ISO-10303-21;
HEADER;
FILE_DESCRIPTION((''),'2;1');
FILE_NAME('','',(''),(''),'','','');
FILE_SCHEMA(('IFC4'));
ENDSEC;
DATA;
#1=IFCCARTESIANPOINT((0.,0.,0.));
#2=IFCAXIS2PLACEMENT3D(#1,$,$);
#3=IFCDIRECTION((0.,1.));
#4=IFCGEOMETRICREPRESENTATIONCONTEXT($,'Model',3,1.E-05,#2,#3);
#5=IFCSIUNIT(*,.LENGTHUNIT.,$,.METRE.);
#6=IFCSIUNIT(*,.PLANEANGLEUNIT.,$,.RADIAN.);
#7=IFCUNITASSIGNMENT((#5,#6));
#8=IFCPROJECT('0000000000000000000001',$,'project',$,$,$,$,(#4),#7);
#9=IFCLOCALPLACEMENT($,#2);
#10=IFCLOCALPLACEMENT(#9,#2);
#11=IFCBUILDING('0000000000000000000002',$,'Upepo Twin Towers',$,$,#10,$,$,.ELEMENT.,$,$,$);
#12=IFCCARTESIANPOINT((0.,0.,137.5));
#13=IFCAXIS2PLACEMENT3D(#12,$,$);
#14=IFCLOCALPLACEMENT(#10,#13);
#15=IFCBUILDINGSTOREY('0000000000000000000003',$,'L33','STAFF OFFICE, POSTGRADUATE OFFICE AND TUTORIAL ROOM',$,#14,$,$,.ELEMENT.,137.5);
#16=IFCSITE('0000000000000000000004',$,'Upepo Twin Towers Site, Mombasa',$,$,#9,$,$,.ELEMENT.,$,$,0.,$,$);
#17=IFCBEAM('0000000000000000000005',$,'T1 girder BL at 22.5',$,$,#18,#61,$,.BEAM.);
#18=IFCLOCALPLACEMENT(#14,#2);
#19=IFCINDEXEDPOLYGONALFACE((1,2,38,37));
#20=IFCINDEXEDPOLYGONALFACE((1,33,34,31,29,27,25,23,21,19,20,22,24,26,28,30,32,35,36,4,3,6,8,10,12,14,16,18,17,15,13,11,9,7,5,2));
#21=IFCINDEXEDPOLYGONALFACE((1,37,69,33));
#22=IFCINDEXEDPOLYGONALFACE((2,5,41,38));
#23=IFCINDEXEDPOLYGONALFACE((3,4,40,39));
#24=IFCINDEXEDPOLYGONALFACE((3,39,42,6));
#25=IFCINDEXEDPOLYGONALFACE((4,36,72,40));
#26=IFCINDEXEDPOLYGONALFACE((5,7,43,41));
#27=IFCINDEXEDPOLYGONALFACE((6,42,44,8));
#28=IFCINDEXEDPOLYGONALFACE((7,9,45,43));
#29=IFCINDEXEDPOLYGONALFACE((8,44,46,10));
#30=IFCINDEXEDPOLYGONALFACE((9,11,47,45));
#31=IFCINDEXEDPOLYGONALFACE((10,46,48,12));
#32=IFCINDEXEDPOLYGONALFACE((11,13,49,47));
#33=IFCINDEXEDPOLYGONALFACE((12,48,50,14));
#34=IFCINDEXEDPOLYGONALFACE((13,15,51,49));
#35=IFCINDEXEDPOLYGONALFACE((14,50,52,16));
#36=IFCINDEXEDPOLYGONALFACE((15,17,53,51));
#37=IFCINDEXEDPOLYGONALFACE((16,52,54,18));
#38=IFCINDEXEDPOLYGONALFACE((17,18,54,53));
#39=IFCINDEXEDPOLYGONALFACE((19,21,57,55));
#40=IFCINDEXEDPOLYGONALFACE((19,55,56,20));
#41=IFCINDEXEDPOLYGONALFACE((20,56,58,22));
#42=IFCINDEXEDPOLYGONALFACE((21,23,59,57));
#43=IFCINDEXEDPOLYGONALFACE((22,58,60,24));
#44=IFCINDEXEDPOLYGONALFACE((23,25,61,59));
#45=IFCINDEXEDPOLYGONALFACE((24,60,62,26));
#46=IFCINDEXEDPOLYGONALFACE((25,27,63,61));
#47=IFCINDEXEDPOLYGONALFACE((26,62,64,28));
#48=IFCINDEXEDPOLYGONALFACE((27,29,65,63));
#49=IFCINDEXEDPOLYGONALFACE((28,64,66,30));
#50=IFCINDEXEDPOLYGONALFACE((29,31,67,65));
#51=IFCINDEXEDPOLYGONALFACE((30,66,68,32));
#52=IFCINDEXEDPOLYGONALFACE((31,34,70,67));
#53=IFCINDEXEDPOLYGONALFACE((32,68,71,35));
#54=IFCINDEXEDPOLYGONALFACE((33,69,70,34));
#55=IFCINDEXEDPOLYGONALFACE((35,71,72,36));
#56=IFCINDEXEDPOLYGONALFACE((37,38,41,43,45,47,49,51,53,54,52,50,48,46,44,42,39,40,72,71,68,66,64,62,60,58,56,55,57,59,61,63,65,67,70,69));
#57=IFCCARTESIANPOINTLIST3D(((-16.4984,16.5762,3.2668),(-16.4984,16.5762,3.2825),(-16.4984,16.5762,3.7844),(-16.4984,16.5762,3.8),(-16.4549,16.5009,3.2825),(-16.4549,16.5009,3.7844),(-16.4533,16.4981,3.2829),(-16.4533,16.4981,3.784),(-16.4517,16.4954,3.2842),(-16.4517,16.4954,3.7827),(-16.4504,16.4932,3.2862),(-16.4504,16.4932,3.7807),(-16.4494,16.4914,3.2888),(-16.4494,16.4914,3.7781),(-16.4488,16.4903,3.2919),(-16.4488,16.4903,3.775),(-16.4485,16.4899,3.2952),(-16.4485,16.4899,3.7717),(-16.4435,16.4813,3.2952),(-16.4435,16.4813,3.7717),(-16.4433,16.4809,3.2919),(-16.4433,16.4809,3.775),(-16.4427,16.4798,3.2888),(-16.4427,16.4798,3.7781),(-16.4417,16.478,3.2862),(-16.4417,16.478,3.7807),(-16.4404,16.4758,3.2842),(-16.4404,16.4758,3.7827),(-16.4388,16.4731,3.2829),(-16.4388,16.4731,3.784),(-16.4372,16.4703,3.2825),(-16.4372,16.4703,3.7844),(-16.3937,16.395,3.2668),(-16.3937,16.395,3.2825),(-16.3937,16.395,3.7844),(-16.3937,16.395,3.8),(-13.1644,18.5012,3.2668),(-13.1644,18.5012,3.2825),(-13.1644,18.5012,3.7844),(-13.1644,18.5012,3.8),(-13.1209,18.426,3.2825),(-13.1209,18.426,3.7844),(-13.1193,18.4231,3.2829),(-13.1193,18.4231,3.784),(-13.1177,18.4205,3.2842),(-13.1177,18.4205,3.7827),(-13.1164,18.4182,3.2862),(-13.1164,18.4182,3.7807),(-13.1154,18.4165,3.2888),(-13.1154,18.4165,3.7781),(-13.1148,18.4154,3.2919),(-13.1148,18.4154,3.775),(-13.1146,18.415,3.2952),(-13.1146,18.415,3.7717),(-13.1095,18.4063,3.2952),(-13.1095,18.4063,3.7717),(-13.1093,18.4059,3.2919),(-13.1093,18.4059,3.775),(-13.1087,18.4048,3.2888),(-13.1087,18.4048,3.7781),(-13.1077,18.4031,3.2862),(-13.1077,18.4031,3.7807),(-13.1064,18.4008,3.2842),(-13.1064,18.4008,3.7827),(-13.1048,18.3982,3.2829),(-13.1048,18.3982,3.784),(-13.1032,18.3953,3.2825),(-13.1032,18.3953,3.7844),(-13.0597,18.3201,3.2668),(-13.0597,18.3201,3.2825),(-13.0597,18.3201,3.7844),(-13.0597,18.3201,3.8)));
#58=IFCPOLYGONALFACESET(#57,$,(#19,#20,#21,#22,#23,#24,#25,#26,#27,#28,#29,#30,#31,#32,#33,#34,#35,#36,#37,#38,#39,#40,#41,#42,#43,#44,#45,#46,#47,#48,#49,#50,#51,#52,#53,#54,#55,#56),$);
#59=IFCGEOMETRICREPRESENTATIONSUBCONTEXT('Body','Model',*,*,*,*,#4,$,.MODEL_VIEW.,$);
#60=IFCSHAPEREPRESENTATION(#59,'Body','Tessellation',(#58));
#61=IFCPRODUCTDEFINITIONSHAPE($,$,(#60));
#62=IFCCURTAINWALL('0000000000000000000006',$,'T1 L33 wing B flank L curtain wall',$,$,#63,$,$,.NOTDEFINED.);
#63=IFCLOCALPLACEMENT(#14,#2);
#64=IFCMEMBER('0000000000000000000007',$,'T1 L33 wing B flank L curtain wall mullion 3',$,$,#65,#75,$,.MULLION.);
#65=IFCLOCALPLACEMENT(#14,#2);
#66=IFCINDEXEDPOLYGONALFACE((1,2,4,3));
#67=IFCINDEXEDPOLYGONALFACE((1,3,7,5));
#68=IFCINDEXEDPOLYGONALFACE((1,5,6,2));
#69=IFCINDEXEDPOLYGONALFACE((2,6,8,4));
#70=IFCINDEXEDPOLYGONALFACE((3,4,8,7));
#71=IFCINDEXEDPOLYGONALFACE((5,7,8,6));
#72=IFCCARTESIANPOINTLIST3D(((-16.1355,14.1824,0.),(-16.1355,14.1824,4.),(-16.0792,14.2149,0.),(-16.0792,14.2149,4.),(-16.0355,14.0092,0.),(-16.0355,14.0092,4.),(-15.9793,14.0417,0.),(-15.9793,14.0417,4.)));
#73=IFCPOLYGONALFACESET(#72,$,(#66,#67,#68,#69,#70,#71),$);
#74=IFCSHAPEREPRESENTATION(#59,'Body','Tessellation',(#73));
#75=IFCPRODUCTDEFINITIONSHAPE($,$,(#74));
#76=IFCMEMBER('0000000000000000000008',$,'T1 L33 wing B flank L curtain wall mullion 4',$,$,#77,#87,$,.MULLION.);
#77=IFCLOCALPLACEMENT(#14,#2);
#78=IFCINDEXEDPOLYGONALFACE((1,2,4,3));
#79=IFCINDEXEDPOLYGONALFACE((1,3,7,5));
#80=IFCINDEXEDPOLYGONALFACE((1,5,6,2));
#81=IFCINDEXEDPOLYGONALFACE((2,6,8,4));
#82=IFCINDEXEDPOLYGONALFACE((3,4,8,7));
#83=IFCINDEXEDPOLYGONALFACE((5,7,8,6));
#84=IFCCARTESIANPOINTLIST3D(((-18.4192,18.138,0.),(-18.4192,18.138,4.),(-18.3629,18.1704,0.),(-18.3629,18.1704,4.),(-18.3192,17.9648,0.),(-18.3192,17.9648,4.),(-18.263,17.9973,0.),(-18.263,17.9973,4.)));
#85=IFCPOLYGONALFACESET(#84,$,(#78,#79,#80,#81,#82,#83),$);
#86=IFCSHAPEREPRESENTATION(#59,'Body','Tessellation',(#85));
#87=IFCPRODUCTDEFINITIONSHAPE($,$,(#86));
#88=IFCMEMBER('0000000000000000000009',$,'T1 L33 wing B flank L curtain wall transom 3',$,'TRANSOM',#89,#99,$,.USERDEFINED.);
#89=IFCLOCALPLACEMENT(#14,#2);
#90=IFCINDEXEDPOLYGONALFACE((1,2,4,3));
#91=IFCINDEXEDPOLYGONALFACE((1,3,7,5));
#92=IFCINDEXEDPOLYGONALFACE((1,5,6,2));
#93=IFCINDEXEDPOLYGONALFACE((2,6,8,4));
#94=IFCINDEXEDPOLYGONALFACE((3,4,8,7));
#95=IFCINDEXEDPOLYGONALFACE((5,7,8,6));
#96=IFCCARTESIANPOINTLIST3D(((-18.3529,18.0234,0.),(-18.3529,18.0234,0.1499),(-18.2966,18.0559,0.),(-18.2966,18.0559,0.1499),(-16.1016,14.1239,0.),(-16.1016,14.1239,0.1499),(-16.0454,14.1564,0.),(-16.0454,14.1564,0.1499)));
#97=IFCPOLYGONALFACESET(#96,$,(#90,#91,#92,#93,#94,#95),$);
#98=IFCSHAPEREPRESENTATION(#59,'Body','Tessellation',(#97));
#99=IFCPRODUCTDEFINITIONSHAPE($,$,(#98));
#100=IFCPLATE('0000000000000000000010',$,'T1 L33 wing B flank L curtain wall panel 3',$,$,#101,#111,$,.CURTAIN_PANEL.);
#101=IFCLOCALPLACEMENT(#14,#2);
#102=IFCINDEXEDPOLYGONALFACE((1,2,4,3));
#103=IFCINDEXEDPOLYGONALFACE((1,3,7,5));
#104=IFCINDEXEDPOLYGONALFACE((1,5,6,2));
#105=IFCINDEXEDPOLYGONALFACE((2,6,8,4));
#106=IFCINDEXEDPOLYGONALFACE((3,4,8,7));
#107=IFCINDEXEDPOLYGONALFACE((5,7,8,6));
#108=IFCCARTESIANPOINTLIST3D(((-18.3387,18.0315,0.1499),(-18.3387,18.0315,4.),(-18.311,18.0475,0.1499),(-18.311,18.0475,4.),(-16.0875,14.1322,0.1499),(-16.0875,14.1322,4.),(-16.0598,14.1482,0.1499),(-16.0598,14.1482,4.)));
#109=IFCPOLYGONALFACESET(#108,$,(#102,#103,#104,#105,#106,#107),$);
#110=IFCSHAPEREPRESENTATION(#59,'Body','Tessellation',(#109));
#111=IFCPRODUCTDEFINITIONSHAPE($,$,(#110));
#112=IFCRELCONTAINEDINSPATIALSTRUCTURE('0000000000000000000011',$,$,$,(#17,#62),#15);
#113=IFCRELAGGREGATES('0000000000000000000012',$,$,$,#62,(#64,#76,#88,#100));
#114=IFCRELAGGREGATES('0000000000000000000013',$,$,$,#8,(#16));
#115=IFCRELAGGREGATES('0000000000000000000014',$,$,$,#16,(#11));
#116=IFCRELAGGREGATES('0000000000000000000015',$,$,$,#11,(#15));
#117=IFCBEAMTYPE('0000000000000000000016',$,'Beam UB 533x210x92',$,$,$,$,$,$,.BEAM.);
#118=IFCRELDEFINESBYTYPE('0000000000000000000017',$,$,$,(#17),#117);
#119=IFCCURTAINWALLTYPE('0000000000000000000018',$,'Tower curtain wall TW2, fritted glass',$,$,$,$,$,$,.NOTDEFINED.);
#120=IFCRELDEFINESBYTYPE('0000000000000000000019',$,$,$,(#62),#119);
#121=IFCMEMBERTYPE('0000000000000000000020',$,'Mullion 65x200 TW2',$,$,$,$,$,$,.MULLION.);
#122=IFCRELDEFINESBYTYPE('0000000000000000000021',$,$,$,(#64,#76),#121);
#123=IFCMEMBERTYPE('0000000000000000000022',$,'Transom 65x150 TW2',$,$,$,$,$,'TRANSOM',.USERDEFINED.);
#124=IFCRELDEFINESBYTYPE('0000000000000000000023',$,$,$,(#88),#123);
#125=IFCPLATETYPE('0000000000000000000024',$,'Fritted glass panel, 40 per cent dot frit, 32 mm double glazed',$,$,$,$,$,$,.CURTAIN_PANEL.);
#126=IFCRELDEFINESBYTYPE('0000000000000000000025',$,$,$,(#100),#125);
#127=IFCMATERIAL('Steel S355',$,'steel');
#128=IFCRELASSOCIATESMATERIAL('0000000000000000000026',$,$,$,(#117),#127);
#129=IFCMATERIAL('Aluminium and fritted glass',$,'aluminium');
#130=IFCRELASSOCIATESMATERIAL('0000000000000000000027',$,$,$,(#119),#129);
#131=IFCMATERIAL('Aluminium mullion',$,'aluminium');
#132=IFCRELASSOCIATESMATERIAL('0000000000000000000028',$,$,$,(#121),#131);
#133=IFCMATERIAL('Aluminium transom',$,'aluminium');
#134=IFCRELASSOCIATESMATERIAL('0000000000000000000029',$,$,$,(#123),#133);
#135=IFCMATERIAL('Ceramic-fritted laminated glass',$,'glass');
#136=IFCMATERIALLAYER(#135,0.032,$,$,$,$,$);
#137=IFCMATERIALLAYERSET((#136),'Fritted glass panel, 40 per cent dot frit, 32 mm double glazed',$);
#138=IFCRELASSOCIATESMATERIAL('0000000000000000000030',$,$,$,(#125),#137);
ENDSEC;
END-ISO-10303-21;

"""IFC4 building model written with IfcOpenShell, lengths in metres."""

from ifc_helpers import new_model, si_unit, direction, frame, origin, origin_2d, place, context, subcontext, project, spatial, rectangle, i_section, extrude, material, layer, layer_set, material_profile, profile_set, type_object, element, aggregate, save


model = new_model("IFC4")

# Units and contexts
model_context = context("Model", 3, precision=1e-05, world=origin(), true_north=direction((0.0, 1.0)))
body_context = subcontext(model_context, "Body", "Model", "MODEL_VIEW")
ifc_project = project(units=[si_unit("LENGTHUNIT", "METRE"), si_unit("PLANEANGLEUNIT", "RADIAN")], contexts=[model_context])

# Site, building, storey
site_placement = place(None, origin())
site = spatial("IfcSite", under=ifc_project, at=site_placement, Name="Upepo Twin Towers Site, Mombasa", CompositionType="ELEMENT", RefElevation=0.0)
building_placement = place(site_placement, origin())
building = spatial("IfcBuilding", under=site, at=building_placement, Name="Upepo Twin Towers", CompositionType="ELEMENT")
storey_placement = place(building_placement, frame((0.0, 0.0, 137.5)))
storey = spatial("IfcBuildingStorey", under=building, at=storey_placement, Name="L33", Description="STAFF OFFICE, POSTGRADUATE OFFICE AND TUTORIAL ROOM", CompositionType="ELEMENT", Elevation=137.5)

# Beam
ifc_material_1 = material(Name="Steel S355", Category="steel")
ifc_material_profile_1 = material_profile(ifc_material_1, i_section(OverallWidth=0.2092, OverallDepth=0.5332, WebThickness=0.01, FlangeThickness=0.0156, FilletRadius=0.0127, at=origin_2d()), Name="UB 533x210x92")
ifc_profile_set_1 = profile_set([ifc_material_profile_1], Name="Steel S355")
beam_type_1 = type_object("IfcBeamType", Name="Beam UB 533x210x92", PredefinedType="BEAM", material=ifc_profile_set_1)
for number, where, z_axis, x_axis, name in (
    (1, (-16.446, 16.4856, 3.5334), (0.866006, 0.500034, 0.0), (-0.500034, 0.866006, 0.0), "T1 girder BL at 22.5"),
):
    element("IfcBeam", number, at=place(storey_placement, frame(where, z_axis=z_axis, x_axis=x_axis)), inside=storey, type_object=beam_type_1, Name=name, PredefinedType="BEAM", context=body_context, shape_type="SweptSolid", body=[
        extrude(i_section(OverallWidth=0.2092, OverallDepth=0.5332, WebThickness=0.01, FlangeThickness=0.0156, FilletRadius=0.0127, at=origin_2d()), origin(), (0.0, 0.0, 1.0), 3.8499),
    ])

# Curtain wall, members, plate
ifc_material_2 = material(Name="Aluminium and fritted glass", Category="aluminium")
curtain_wall_type = type_object("IfcCurtainWallType", Name="Tower curtain wall TW2, fritted glass", PredefinedType="NOTDEFINED", material=ifc_material_2)
curtain_wall_placement = place(storey_placement, origin())
curtain_wall = element("IfcCurtainWall", 2, at=curtain_wall_placement, inside=storey, type_object=curtain_wall_type, Name="T1 L33 wing B flank L curtain wall", PredefinedType="NOTDEFINED")
ifc_material_3 = material(Name="Aluminium mullion", Category="aluminium")
ifc_material_profile_2 = material_profile(ifc_material_3, rectangle(XDim=0.0649, YDim=0.2, at=origin_2d()), Name="MULLION 65x200")
ifc_profile_set_2 = profile_set([ifc_material_profile_2], Name="Aluminium mullion")
member_type_1 = type_object("IfcMemberType", Name="Mullion 65x200 TW2", PredefinedType="MULLION", material=ifc_profile_set_2)
member_1_placement = place(storey_placement, frame((-16.0574, 14.1121, 0.0), z_axis=(0.0, 0.0, 1.0), x_axis=(-0.866025, -0.5, 0.0)))
member_1 = element("IfcMember", 3, at=member_1_placement, type_object=member_type_1, Name="T1 L33 wing B flank L curtain wall mullion 3", PredefinedType="MULLION", context=body_context, shape_type="SweptSolid", body=[
    extrude(rectangle(XDim=0.0649, YDim=0.2, at=origin_2d()), origin(), (0.0, 0.0, 1.0), 4.0),
])
member_2_placement = place(storey_placement, frame((-18.3411, 18.0676, 0.0), z_axis=(0.0, 0.0, 1.0), x_axis=(-0.866025, -0.5, 0.0)))
member_2 = element("IfcMember", 4, at=member_2_placement, type_object=member_type_1, Name="T1 L33 wing B flank L curtain wall mullion 4", PredefinedType="MULLION", context=body_context, shape_type="SweptSolid", body=[
    extrude(rectangle(XDim=0.0649, YDim=0.2, at=origin_2d()), origin(), (0.0, 0.0, 1.0), 4.0),
])
ifc_material_4 = material(Name="Aluminium transom", Category="aluminium")
ifc_material_profile_3 = material_profile(ifc_material_4, rectangle(XDim=0.0649, YDim=0.1499, at=origin_2d()), Name="TRANSOM 65x150")
ifc_profile_set_3 = profile_set([ifc_material_profile_3], Name="Aluminium transom")
member_type_2 = type_object("IfcMemberType", Name="Transom 65x150 TW2", ElementType="TRANSOM", PredefinedType="USERDEFINED", material=ifc_profile_set_3)
member_3_placement = place(storey_placement, frame((-16.0735, 14.1401, 0.075), z_axis=(-0.499982, 0.866036, 0.0), x_axis=(-0.866036, -0.499982, 0.0)))
member_3 = element("IfcMember", 5, at=member_3_placement, type_object=member_type_2, Name="T1 L33 wing B flank L curtain wall transom 3", ObjectType="TRANSOM", PredefinedType="USERDEFINED", context=body_context, shape_type="SweptSolid", body=[
    extrude(rectangle(XDim=0.0649, YDim=0.1499, at=origin_2d()), origin(), (0.0, 0.0, 1.0), 4.5027),
])
ifc_material_5 = material(Name="Ceramic-fritted laminated glass", Category="glass")
ifc_layer_1 = layer(ifc_material_5, 0.032)
ifc_layer_set_1 = layer_set([ifc_layer_1], Name="Fritted glass panel, 40 per cent dot frit, 32 mm double glazed")
plate_type = type_object("IfcPlateType", Name="Fritted glass panel, 40 per cent dot frit, 32 mm double glazed", PredefinedType="CURTAIN_PANEL", material=ifc_layer_set_1)
plate_placement = place(storey_placement, frame((-17.1992, 16.0898, 0.1499), z_axis=(0.0, 0.0, 1.0), x_axis=(-0.5, 0.866025, 0.0)))
plate = element("IfcPlate", 6, at=plate_placement, type_object=plate_type, Name="T1 L33 wing B flank L curtain wall panel 3", PredefinedType="CURTAIN_PANEL", context=body_context, shape_type="SweptSolid", body=[
    extrude(rectangle(XDim=4.5024, YDim=0.032, at=origin_2d()), origin(), (0.0, 0.0, 1.0), 3.8501),
])
aggregate(curtain_wall, [member_1, member_2, member_3, plate])

save(model, "model.ifc")
